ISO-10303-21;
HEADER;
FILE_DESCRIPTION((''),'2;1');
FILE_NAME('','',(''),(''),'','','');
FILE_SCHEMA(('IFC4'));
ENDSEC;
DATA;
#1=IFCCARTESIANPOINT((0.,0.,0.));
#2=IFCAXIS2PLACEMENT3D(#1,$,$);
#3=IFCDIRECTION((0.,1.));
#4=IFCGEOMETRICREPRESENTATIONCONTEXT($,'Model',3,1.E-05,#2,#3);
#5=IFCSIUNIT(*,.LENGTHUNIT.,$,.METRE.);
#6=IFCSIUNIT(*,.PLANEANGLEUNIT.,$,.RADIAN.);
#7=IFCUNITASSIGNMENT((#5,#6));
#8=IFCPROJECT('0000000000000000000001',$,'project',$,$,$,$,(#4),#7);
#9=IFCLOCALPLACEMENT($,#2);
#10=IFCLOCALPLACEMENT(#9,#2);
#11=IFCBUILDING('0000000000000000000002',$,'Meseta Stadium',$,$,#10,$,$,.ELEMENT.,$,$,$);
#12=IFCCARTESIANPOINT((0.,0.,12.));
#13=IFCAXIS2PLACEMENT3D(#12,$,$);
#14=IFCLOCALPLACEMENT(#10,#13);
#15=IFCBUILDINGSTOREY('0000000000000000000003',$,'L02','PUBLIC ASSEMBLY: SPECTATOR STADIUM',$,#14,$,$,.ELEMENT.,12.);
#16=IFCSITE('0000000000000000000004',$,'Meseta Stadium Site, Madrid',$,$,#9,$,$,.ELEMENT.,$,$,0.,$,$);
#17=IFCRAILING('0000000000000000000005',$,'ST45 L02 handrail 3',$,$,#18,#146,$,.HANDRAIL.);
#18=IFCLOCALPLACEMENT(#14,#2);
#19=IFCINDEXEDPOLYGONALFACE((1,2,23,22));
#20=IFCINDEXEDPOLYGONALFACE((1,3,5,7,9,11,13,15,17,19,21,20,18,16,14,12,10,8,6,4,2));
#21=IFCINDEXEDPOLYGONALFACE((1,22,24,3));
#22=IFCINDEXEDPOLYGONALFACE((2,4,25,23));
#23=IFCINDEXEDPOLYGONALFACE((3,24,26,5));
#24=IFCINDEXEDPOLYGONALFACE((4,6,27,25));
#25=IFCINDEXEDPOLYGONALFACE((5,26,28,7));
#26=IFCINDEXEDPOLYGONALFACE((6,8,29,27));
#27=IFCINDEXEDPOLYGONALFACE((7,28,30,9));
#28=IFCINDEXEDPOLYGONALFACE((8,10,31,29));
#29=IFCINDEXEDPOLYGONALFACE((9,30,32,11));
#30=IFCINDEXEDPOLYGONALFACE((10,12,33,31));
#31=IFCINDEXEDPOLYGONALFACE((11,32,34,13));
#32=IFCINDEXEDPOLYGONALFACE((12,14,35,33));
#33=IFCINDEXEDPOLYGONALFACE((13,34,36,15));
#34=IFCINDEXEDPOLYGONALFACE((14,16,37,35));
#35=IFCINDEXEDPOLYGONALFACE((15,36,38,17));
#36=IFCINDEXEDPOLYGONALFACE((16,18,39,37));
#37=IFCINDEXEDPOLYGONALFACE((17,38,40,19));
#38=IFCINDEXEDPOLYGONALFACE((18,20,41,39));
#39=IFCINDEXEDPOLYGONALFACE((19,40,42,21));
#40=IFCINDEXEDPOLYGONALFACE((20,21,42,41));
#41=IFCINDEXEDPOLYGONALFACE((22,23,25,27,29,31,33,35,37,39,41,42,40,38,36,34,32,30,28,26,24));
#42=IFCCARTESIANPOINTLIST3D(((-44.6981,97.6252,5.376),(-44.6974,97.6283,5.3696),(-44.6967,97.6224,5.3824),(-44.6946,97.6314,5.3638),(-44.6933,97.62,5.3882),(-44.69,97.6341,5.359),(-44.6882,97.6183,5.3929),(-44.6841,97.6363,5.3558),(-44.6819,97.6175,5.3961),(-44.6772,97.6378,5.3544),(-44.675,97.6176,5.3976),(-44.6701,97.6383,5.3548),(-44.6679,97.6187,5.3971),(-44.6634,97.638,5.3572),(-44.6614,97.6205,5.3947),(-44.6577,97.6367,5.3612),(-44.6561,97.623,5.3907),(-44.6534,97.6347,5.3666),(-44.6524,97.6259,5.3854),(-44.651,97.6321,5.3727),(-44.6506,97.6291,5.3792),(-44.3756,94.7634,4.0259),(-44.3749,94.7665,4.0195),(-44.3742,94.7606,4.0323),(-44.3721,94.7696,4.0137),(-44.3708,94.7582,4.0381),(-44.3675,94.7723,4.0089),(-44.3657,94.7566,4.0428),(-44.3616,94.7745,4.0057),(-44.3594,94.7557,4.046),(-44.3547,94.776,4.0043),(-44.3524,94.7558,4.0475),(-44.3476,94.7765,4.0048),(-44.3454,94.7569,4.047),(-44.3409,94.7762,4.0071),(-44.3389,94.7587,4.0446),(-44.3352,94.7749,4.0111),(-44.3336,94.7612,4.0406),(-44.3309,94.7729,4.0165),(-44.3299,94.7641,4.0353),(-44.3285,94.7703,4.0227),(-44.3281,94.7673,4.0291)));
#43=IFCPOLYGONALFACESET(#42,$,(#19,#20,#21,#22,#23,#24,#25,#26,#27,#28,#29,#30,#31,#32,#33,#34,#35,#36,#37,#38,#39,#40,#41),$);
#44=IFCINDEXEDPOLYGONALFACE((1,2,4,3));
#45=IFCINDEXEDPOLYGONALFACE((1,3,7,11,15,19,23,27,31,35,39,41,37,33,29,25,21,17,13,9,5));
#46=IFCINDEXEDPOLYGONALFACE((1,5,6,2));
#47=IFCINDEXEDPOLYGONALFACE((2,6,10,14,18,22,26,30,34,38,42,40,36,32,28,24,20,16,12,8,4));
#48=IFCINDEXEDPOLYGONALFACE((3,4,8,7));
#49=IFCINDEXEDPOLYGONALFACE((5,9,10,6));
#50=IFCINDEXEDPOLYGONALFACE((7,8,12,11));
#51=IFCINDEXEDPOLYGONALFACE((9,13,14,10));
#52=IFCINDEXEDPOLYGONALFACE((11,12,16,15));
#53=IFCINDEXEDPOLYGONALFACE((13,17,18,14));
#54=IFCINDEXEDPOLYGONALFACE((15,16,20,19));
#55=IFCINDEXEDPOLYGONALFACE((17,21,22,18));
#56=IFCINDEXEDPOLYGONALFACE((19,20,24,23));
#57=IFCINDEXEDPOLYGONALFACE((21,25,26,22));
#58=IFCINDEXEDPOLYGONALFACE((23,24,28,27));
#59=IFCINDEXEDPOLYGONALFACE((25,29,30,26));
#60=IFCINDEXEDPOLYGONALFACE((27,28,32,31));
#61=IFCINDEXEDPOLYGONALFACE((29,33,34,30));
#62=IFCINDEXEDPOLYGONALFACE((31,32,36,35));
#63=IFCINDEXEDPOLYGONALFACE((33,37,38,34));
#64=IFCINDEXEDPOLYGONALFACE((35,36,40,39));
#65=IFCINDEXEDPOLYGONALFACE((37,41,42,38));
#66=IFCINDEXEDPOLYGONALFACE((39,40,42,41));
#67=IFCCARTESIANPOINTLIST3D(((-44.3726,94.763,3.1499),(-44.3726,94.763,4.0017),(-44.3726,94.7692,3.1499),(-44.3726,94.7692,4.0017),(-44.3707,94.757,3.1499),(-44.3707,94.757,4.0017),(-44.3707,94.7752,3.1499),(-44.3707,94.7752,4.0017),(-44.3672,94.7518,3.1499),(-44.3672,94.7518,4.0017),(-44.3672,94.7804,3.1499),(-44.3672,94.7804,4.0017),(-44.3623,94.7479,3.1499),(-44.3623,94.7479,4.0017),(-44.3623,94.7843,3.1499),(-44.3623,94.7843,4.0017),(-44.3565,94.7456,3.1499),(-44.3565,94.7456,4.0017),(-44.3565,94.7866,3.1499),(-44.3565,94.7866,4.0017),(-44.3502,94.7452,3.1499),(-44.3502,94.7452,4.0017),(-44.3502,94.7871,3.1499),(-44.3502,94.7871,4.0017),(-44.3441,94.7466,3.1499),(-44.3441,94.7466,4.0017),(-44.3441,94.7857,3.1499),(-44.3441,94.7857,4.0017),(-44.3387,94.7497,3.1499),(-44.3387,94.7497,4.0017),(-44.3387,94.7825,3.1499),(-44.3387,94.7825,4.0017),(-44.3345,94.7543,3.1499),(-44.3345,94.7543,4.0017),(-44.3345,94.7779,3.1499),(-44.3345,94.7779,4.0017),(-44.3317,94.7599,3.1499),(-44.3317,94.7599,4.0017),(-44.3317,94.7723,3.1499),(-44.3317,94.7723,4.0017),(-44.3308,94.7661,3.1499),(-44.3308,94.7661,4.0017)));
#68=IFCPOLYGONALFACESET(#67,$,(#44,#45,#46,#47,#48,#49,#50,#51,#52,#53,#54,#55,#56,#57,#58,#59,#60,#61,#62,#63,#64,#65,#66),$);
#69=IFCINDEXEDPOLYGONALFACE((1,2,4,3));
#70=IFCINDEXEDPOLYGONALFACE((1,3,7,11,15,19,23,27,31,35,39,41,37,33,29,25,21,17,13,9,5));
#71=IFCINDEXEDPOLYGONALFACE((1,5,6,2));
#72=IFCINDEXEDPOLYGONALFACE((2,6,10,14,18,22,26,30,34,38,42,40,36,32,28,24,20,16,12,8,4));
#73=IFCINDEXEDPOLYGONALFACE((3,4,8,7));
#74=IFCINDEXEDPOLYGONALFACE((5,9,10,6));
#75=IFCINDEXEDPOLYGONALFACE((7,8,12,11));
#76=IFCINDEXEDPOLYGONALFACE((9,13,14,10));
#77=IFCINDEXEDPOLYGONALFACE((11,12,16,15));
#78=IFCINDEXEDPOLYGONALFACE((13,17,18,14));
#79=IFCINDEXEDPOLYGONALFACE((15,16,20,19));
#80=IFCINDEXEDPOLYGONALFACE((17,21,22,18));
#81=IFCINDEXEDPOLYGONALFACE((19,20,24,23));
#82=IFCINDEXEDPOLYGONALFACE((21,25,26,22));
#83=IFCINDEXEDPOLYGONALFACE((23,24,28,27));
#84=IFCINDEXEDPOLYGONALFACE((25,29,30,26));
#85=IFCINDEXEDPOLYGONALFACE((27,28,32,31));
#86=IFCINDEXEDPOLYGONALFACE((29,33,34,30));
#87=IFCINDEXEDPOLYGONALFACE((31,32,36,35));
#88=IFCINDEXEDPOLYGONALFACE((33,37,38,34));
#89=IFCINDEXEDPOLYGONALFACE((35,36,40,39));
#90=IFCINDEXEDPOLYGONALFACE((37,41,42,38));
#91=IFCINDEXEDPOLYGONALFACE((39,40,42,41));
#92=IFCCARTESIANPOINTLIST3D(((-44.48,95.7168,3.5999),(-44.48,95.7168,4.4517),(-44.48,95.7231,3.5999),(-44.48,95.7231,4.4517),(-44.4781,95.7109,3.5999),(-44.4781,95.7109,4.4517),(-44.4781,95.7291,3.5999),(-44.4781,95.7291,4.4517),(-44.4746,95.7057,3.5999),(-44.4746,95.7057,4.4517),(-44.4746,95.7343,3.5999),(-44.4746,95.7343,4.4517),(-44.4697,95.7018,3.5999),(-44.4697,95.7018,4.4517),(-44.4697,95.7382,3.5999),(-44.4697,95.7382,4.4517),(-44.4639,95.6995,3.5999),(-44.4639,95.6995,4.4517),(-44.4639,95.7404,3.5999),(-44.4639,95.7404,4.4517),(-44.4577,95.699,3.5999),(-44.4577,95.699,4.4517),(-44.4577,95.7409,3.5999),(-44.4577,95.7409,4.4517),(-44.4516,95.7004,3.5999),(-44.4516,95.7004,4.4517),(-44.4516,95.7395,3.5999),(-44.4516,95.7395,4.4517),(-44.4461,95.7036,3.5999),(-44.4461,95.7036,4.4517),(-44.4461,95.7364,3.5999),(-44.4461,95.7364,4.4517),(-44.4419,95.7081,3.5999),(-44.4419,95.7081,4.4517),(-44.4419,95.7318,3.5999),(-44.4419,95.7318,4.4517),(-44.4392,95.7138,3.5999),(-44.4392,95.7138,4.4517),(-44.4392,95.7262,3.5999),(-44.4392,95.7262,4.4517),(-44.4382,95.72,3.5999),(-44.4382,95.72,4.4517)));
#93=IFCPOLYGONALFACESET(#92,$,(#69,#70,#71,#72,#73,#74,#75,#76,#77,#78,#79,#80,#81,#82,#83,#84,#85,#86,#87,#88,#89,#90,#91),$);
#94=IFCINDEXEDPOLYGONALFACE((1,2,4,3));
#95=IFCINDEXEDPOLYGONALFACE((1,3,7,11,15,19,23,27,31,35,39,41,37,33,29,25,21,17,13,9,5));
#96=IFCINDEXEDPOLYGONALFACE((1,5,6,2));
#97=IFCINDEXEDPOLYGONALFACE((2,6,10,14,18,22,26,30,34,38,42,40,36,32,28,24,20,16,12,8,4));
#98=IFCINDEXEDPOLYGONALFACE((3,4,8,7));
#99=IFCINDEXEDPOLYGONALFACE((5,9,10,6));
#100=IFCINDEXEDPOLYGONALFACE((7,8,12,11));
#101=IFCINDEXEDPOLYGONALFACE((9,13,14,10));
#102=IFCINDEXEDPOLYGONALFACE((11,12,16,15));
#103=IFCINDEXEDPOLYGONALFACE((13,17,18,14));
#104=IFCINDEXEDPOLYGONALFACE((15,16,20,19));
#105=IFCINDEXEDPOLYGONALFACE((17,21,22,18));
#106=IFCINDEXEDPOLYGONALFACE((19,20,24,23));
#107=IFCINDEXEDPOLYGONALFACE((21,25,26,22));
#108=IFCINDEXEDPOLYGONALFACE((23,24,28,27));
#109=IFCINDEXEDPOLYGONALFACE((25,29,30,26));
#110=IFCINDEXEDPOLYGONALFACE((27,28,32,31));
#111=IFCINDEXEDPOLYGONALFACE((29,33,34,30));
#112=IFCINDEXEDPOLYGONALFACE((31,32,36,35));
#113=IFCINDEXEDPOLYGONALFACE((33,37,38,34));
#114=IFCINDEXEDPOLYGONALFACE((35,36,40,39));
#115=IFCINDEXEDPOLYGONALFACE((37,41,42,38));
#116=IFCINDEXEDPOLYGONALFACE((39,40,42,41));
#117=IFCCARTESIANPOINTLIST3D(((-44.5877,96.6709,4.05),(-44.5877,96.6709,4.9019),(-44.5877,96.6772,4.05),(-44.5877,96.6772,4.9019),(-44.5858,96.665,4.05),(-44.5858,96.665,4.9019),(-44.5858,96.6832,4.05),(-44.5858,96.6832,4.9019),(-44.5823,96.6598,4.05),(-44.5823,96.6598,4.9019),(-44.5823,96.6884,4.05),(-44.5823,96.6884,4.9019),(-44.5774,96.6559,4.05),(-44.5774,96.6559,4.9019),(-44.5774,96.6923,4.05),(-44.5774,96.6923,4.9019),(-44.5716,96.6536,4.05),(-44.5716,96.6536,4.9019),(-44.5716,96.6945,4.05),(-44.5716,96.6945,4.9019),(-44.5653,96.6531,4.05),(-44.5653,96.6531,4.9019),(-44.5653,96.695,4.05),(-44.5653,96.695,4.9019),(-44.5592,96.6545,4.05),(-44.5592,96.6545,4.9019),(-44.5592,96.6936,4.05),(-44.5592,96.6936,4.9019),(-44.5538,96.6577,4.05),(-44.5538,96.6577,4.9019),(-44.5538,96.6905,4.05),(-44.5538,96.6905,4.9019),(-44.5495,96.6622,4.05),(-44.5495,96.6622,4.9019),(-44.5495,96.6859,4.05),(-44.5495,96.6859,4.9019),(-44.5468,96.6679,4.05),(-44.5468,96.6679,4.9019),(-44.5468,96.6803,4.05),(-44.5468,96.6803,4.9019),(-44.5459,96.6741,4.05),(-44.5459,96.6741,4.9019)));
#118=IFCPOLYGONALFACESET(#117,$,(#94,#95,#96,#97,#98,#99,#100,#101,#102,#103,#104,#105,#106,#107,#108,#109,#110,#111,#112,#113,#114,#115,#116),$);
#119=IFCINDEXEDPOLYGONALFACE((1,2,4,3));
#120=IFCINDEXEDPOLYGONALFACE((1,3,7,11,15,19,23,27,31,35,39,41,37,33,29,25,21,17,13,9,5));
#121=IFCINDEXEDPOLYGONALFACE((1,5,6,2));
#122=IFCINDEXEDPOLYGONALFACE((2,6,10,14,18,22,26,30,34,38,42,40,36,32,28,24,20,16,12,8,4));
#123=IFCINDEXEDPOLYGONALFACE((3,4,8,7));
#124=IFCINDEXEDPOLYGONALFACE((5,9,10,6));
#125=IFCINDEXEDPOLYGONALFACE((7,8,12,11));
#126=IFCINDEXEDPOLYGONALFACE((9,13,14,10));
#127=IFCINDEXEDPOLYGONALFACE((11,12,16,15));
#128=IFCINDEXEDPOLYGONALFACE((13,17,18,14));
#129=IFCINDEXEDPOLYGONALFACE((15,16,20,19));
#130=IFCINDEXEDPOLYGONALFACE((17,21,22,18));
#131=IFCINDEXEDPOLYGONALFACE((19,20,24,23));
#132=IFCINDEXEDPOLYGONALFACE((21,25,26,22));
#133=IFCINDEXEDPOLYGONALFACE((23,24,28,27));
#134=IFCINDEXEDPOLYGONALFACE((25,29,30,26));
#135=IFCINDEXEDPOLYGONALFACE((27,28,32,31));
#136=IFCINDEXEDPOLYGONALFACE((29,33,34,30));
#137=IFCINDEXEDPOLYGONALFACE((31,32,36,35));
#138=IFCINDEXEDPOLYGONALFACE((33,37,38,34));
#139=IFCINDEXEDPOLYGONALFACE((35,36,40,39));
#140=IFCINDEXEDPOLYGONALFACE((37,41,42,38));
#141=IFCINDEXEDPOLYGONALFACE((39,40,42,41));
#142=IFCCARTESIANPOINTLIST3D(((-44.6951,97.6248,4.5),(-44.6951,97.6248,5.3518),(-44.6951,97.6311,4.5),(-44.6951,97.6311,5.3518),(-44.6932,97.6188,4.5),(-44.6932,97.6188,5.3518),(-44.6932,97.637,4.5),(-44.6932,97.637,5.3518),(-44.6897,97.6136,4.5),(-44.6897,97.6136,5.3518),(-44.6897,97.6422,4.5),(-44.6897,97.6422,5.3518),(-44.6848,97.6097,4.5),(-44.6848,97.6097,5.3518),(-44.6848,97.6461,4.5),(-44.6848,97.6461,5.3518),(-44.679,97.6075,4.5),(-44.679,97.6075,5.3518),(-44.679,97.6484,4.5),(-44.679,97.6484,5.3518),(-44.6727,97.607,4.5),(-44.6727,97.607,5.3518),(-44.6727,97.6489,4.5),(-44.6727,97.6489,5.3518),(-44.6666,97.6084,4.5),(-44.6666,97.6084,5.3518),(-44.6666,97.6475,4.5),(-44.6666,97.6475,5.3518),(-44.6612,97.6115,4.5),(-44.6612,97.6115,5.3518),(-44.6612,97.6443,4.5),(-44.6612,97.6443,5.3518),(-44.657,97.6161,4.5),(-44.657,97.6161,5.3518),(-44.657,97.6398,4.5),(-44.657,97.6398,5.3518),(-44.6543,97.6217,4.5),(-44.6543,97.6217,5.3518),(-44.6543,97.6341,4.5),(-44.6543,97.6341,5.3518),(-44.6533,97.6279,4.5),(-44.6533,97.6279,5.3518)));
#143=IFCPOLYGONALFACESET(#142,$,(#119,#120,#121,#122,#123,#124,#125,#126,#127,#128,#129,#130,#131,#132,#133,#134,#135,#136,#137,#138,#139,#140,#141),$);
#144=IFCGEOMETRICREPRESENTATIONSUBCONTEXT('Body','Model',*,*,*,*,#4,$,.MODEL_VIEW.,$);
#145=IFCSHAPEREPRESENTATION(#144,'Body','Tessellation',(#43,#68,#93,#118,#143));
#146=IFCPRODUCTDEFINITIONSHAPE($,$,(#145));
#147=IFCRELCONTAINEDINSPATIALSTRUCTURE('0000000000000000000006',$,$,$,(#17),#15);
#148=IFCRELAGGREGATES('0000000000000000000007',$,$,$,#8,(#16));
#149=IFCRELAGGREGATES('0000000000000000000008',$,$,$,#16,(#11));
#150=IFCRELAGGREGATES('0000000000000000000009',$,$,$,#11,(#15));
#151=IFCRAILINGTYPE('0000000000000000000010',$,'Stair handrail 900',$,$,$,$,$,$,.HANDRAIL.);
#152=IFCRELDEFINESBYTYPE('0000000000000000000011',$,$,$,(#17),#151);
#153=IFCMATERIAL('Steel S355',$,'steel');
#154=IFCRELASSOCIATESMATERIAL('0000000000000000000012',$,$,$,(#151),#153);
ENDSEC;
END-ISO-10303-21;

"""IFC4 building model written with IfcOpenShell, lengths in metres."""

from ifc_helpers import new_model, si_unit, direction, frame, origin, origin_2d, place, context, subcontext, project, spatial, circle, extrude, material, type_object, element, save


model = new_model("IFC4")

# Units and contexts
model_context = context("Model", 3, precision=1e-05, world=origin(), true_north=direction((0.0, 1.0)))
body_context = subcontext(model_context, "Body", "Model", "MODEL_VIEW")
ifc_project = project(units=[si_unit("LENGTHUNIT", "METRE"), si_unit("PLANEANGLEUNIT", "RADIAN")], contexts=[model_context])

# Site, building, storey
site_placement = place(None, origin())
site = spatial("IfcSite", under=ifc_project, at=site_placement, Name="Meseta Stadium Site, Madrid", CompositionType="ELEMENT", RefElevation=0.0)
building_placement = place(site_placement, origin())
building = spatial("IfcBuilding", under=site, at=building_placement, Name="Meseta Stadium", CompositionType="ELEMENT")
storey_placement = place(building_placement, frame((0.0, 0.0, 12.0)))
storey = spatial("IfcBuildingStorey", under=building, at=storey_placement, Name="L02", Description="PUBLIC ASSEMBLY: SPECTATOR STADIUM", CompositionType="ELEMENT", Elevation=12.0)

# Railing
ifc_material_1 = material(Name="Steel S355", Category="steel")
railing_type_1 = type_object("IfcRailingType", Name="Stair handrail 900", PredefinedType="HANDRAIL", material=ifc_material_1)
for number, where, name in (
    (1, (-44.3518, 94.7661, 3.1499), "ST45 L02 handrail 3"),
):
    element("IfcRailing", number, at=place(storey_placement, frame(where)), inside=storey, type_object=railing_type_1, Name=name, PredefinedType="HANDRAIL", context=body_context, shape_type="SweptSolid", body=[
        extrude(circle(Radius=0.0239, at=origin_2d()), frame((0.0, 0.0, 0.876), z_axis=(-0.101396, 0.899748, 0.424467), x_axis=(-0.99371, -0.111985, 0.0)), (0.0, 0.0, 1.0), 3.1807),
        extrude(circle(Radius=0.021, at=origin_2d()), origin(), (0.0, 0.0, 1.0), 0.8518),
        extrude(circle(Radius=0.021, at=origin_2d()), frame((-0.1074, 0.9539, 0.45)), (0.0, 0.0, 1.0), 0.8518),
        extrude(circle(Radius=0.021, at=origin_2d()), frame((-0.2151, 1.908, 0.9001)), (0.0, 0.0, 1.0), 0.8518),
        extrude(circle(Radius=0.021, at=origin_2d()), frame((-0.3225, 2.8618, 1.3501)), (0.0, 0.0, 1.0), 0.8518),
    ])

save(model, "model.ifc")
